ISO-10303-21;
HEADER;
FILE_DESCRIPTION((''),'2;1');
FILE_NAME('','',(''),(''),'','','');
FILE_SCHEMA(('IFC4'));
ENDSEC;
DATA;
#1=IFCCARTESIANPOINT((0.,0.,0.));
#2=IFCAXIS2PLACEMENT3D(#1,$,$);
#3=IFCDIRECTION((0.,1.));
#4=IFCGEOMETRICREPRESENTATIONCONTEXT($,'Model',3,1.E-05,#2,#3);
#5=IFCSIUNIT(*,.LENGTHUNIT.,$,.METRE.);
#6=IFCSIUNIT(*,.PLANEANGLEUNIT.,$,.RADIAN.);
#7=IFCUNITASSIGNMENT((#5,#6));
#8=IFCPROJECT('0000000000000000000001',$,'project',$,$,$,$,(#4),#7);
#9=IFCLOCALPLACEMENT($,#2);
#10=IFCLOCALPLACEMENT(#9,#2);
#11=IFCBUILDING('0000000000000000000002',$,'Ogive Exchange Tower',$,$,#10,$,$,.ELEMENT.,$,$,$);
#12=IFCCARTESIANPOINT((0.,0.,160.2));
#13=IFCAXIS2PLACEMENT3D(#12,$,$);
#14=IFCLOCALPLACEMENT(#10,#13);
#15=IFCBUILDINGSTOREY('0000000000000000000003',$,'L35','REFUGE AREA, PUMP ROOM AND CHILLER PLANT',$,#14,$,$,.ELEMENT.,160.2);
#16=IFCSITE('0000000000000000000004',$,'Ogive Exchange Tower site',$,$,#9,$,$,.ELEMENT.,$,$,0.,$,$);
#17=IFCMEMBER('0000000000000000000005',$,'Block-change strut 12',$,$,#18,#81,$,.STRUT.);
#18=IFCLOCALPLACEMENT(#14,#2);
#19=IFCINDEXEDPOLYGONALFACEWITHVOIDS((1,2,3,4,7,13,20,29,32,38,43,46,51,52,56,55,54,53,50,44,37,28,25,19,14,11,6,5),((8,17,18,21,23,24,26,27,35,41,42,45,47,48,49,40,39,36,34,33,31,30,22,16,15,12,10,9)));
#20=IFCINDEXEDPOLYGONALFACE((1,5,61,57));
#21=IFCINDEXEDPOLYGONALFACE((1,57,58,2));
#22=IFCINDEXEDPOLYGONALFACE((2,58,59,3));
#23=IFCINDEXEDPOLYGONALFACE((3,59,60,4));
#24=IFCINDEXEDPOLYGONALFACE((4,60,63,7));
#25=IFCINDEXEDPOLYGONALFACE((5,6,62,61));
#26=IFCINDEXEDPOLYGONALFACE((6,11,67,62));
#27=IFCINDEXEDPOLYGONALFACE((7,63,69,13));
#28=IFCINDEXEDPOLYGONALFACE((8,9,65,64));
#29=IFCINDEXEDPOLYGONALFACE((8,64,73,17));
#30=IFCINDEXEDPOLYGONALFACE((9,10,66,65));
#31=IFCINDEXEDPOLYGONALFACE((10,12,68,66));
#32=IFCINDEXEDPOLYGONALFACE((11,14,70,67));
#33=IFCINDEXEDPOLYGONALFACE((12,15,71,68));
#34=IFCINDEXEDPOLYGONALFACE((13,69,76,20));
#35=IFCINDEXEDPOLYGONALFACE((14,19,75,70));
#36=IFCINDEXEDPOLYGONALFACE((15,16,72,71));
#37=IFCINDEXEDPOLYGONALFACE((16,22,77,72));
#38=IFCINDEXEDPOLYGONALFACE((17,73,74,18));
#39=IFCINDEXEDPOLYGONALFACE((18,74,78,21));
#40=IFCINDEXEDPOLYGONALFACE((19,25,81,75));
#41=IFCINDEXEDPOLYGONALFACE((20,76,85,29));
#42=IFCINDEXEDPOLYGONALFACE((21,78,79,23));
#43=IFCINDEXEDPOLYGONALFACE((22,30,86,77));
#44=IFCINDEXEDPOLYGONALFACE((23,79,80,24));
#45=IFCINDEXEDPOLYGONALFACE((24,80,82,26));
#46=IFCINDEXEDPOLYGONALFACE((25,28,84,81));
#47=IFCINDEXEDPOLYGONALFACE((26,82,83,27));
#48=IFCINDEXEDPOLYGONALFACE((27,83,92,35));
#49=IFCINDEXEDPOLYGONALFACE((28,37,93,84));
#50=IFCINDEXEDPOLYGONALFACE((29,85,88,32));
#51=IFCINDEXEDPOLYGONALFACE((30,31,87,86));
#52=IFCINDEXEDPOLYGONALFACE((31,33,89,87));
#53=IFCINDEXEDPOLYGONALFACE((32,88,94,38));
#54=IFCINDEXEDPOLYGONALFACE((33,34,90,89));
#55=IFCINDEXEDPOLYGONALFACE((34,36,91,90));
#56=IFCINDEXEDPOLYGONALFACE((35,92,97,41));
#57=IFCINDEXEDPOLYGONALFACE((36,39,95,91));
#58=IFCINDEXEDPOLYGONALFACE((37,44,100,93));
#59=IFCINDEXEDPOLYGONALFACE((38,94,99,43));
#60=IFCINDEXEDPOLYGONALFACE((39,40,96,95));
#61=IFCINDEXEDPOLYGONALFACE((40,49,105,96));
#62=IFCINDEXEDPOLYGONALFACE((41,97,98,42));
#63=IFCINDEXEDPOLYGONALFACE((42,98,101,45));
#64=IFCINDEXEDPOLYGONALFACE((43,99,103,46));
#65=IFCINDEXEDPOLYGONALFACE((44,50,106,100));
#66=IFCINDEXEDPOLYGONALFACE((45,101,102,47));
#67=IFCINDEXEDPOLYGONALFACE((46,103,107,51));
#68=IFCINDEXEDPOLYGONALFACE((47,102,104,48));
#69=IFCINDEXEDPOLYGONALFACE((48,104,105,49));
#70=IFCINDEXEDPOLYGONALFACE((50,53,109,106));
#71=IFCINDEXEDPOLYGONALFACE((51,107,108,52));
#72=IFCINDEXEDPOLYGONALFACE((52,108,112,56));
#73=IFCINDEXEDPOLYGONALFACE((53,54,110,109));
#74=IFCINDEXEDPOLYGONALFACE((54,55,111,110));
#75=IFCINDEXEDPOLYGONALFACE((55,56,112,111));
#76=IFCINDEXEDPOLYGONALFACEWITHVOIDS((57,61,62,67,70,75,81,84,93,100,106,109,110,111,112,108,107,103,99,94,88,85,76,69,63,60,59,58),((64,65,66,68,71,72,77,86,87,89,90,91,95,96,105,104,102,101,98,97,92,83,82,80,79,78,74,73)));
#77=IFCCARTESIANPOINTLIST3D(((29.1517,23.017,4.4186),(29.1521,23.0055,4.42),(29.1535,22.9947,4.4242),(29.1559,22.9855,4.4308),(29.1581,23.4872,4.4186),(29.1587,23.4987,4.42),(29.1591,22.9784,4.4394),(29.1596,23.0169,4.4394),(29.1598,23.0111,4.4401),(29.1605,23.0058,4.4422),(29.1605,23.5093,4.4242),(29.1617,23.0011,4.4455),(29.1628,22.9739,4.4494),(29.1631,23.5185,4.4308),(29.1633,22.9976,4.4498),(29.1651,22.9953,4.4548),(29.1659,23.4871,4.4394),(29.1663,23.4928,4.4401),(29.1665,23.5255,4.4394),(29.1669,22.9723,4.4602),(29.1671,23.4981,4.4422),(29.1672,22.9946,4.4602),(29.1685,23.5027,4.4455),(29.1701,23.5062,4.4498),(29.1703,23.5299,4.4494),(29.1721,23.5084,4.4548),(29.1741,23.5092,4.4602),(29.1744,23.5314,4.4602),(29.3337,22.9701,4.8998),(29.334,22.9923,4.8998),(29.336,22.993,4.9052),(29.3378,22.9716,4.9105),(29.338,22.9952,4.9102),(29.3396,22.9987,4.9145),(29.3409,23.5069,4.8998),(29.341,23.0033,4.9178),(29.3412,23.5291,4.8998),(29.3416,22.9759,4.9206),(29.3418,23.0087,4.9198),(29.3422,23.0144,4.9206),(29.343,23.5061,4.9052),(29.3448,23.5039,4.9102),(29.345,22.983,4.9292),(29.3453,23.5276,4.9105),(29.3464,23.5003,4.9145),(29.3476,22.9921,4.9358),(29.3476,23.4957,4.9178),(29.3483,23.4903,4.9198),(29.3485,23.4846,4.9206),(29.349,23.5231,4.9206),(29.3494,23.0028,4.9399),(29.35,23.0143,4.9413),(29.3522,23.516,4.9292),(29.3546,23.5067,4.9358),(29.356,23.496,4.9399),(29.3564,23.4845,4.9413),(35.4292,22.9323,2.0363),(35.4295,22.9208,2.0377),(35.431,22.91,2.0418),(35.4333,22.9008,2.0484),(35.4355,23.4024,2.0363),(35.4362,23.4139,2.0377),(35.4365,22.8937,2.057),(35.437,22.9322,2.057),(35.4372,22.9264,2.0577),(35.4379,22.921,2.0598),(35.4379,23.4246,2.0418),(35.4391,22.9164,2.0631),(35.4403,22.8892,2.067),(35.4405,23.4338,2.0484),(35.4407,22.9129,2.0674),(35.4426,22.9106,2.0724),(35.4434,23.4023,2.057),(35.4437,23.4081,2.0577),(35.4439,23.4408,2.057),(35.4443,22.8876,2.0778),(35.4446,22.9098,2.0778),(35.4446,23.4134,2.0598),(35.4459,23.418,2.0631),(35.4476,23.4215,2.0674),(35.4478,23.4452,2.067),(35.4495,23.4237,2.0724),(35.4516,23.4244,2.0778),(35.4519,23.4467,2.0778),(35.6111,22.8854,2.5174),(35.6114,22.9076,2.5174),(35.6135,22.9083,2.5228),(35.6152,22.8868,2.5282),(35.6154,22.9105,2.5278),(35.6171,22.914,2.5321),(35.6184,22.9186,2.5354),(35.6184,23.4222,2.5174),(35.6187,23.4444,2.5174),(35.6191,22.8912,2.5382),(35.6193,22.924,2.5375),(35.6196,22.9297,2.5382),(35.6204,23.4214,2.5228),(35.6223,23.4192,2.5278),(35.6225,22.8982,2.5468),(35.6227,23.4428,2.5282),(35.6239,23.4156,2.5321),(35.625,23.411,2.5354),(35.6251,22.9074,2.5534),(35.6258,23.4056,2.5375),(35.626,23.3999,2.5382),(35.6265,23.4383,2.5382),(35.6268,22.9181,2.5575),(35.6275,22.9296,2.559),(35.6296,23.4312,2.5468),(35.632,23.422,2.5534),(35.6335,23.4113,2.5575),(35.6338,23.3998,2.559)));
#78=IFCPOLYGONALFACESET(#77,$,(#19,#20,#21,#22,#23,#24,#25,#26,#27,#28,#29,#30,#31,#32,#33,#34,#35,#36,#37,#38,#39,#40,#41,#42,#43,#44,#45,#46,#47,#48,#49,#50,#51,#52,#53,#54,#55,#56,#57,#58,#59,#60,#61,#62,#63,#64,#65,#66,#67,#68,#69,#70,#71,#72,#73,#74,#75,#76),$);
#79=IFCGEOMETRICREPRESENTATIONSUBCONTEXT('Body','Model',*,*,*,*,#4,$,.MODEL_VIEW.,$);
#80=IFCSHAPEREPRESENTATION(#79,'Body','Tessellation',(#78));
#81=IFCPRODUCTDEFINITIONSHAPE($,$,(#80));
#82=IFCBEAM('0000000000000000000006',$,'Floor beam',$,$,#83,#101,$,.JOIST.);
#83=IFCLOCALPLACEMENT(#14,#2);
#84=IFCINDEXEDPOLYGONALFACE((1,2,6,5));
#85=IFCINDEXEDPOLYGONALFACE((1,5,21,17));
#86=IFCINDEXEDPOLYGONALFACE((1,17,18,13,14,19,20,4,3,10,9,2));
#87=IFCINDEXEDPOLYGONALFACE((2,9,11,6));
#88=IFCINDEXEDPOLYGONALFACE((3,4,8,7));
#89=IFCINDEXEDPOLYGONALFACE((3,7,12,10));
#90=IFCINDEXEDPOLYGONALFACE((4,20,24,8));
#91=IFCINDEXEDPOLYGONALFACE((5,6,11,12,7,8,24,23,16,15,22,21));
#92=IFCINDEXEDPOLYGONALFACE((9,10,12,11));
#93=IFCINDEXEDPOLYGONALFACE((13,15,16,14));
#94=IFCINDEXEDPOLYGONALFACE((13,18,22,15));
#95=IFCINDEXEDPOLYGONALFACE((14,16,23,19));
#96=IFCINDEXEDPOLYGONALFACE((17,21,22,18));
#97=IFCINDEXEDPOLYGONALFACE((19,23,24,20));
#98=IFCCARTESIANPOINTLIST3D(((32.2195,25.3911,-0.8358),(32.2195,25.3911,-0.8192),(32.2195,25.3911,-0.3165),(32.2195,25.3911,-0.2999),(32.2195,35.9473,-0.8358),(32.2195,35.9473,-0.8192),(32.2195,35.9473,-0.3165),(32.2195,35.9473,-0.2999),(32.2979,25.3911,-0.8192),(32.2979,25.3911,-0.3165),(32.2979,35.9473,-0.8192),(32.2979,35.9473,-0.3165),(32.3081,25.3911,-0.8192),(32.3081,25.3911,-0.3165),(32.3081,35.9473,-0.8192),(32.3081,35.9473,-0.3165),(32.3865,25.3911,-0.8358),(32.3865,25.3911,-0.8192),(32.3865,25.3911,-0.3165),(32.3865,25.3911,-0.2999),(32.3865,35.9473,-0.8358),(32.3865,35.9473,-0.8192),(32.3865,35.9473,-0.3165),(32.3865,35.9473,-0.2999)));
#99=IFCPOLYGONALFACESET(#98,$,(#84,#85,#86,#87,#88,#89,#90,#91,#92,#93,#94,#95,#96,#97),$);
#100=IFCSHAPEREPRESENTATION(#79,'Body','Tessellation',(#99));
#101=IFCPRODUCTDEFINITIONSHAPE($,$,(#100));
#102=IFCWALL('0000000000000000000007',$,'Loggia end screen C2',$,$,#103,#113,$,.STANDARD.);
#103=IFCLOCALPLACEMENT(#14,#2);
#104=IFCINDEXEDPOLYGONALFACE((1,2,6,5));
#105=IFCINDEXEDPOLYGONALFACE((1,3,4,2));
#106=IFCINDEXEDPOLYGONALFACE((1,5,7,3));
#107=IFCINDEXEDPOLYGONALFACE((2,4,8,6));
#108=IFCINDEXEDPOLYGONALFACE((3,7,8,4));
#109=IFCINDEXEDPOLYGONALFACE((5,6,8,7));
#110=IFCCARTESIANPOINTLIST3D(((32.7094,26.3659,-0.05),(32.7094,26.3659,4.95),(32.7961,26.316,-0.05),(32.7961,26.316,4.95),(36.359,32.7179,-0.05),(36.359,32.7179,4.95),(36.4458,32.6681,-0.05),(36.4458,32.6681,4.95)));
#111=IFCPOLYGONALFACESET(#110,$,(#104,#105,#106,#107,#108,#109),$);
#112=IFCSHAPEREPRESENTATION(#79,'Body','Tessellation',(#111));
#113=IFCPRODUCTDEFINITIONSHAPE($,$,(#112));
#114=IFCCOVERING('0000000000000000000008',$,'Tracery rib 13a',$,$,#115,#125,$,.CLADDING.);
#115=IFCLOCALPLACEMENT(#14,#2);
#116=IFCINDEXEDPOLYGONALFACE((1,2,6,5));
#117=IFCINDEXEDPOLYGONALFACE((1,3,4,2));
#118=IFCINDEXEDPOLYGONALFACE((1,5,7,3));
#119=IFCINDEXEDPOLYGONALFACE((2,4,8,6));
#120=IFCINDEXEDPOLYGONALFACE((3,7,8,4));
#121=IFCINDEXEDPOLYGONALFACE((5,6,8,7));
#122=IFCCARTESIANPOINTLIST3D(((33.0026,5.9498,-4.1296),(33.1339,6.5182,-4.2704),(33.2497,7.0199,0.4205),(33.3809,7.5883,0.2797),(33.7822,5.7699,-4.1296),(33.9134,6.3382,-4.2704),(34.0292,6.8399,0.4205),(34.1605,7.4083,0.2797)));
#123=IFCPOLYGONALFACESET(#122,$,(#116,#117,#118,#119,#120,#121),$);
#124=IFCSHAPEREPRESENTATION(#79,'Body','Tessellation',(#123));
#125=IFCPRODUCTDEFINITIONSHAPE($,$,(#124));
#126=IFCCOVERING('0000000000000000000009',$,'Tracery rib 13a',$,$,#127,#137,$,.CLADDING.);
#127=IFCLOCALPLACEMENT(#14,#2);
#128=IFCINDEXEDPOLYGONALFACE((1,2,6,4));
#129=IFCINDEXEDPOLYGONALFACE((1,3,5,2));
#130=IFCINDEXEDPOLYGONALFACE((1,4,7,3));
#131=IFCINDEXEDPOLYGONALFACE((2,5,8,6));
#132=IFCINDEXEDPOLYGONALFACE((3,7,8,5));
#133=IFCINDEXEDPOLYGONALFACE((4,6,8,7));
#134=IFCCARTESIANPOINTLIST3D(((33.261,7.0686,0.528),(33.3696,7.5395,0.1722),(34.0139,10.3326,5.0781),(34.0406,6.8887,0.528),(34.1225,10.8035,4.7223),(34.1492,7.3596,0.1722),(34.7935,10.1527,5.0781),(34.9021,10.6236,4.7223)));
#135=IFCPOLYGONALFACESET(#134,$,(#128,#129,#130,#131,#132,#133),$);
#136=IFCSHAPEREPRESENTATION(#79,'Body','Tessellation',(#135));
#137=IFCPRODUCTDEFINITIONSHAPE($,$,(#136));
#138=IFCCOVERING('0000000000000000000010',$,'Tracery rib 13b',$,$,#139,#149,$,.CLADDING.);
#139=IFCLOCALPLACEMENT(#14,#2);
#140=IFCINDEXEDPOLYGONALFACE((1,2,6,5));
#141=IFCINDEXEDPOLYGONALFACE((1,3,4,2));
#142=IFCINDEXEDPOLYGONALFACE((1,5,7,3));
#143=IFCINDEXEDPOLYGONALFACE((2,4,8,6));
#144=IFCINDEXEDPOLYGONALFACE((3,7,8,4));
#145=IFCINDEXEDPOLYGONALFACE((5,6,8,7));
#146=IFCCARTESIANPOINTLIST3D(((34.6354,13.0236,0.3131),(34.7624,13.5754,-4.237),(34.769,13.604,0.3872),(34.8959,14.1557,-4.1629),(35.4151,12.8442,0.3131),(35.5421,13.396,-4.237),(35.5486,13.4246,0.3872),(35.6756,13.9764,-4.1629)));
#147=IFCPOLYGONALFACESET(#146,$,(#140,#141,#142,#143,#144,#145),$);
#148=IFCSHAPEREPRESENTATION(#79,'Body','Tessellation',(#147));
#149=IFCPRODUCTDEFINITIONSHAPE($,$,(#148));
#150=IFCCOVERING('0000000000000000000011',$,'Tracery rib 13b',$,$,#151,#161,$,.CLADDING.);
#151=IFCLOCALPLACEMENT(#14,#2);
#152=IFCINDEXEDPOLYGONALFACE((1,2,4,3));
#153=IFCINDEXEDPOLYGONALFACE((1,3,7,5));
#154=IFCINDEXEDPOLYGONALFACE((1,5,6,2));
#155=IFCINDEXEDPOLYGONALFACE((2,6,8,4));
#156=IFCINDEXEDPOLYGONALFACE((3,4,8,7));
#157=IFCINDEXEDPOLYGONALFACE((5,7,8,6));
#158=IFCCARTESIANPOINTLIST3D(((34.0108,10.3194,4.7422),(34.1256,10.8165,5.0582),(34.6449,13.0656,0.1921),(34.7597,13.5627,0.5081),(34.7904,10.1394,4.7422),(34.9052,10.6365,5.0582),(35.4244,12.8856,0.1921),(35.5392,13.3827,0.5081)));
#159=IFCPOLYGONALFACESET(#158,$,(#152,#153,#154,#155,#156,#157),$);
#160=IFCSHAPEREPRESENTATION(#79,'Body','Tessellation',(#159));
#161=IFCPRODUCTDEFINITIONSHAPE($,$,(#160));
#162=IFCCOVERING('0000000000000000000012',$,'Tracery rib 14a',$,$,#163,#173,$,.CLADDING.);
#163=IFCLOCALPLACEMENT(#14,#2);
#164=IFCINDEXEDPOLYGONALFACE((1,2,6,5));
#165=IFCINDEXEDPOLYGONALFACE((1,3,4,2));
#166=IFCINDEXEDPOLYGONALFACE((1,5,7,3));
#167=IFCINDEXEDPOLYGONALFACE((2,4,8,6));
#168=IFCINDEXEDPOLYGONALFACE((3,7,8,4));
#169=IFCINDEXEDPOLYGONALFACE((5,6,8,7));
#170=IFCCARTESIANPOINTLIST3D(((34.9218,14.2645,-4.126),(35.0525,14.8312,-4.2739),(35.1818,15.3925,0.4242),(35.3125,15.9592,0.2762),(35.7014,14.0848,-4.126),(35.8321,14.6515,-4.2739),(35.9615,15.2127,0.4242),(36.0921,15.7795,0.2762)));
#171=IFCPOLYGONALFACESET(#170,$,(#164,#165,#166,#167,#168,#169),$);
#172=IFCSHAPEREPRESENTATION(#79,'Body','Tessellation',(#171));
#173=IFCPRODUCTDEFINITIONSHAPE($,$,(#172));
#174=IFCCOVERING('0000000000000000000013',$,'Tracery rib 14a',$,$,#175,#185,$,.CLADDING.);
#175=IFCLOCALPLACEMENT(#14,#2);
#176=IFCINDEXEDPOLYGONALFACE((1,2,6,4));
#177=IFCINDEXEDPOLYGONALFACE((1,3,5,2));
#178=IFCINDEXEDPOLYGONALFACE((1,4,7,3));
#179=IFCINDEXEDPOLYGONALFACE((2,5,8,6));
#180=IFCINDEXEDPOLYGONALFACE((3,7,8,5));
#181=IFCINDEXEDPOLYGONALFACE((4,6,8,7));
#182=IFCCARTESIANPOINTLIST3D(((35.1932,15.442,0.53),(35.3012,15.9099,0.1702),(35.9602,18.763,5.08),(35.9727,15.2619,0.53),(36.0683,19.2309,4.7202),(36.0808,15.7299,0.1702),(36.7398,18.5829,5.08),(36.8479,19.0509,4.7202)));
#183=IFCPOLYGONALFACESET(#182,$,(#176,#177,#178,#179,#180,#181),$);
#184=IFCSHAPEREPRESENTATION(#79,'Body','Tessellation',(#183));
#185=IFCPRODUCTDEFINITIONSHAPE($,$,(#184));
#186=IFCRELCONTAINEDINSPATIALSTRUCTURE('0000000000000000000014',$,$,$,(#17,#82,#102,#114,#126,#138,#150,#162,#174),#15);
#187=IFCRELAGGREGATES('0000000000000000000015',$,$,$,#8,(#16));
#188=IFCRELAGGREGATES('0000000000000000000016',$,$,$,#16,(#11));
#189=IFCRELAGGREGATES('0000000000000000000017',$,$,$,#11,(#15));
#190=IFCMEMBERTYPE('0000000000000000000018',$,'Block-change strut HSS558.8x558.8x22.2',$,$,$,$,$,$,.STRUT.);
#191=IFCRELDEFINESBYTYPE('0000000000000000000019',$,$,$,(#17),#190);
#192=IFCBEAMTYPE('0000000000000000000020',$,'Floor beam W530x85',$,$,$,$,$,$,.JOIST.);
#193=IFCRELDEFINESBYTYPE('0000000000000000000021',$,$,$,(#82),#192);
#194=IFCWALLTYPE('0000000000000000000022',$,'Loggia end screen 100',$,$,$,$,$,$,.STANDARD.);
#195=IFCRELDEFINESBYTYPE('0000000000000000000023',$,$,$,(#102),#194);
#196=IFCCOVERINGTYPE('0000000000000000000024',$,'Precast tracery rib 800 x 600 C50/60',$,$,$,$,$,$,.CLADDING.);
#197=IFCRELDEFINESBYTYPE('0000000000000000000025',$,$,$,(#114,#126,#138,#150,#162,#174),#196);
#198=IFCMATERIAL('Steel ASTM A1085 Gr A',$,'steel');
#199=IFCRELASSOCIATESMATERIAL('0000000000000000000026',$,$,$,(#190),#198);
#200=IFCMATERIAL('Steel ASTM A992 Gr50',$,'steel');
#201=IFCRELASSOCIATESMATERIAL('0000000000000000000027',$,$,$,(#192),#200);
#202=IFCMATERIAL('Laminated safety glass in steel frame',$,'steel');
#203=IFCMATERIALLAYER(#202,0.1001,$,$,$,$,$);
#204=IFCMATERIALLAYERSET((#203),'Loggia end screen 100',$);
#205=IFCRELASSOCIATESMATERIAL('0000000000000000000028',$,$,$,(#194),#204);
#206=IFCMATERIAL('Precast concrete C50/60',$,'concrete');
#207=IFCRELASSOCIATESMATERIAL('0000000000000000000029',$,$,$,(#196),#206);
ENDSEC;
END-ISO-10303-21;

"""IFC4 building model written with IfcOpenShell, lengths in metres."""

from ifc_helpers import new_model, si_unit, direction, frame, frame_2d, origin, origin_2d, place, context, subcontext, project, spatial, rectangle, hollow_rectangle, i_section, extrude, material, layer, layer_set, material_profile, profile_set, type_object, element, save


model = new_model("IFC4")

# Units and contexts
model_context = context("Model", 3, precision=1e-05, world=origin(), true_north=direction((0.0, 1.0)))
body_context = subcontext(model_context, "Body", "Model", "MODEL_VIEW")
ifc_project = project(units=[si_unit("LENGTHUNIT", "METRE"), si_unit("PLANEANGLEUNIT", "RADIAN")], contexts=[model_context])

# Site, building, storey
site_placement = place(None, origin())
site = spatial("IfcSite", under=ifc_project, at=site_placement, Name="Ogive Exchange Tower site", CompositionType="ELEMENT", RefElevation=0.0)
building_placement = place(site_placement, origin())
building = spatial("IfcBuilding", under=site, at=building_placement, Name="Ogive Exchange Tower", CompositionType="ELEMENT")
storey_placement = place(building_placement, frame((0.0, 0.0, 160.2)))
storey = spatial("IfcBuildingStorey", under=building, at=storey_placement, Name="L35", Description="REFUGE AREA, PUMP ROOM AND CHILLER PLANT", CompositionType="ELEMENT", Elevation=160.2)

# Shared definitions
ifc_material_1 = material(Name="Steel ASTM A992 Gr50", Category="steel")

# Shared definitions
ifc_material_2 = material(Name="Steel ASTM A1085 Gr A", Category="steel")

# Member
ifc_material_profile_1 = material_profile(ifc_material_2, hollow_rectangle(XDim=0.5591, YDim=0.5591, WallThickness=0.0222, InnerFilletRadius=0.0222, OuterFilletRadius=0.0444, at=origin_2d()), Name="HSS558.8x558.8x22.2")
ifc_profile_set_1 = profile_set([ifc_material_profile_1], Name="Steel ASTM A1085 Gr A")
member_type_1 = type_object("IfcMemberType", Name="Block-change strut HSS558.8x558.8x22.2", PredefinedType="STRUT", material=ifc_profile_set_1)
member_1_placement = place(storey_placement, frame((35.5315, 23.166, 2.2976), z_axis=(-0.934861, 0.012617, 0.35479), x_axis=(-0.013494, -0.999909, 0.0)))
element("IfcMember", 1, at=member_1_placement, inside=storey, type_object=member_type_1, Name="Block-change strut 12", PredefinedType="STRUT", context=body_context, shape_type="SweptSolid", body=[
    extrude(hollow_rectangle(XDim=0.5591, YDim=0.5591, WallThickness=0.0222, InnerFilletRadius=0.0222, OuterFilletRadius=0.0444, at=origin_2d()), origin(), (0.0, 0.0, 1.0), 6.7148),
])

# Beam
ifc_material_profile_2 = material_profile(ifc_material_1, i_section(OverallWidth=0.167, OverallDepth=0.5359, WebThickness=0.0103, FlangeThickness=0.0166, at=origin_2d()), Name="W530x85")
ifc_profile_set_2 = profile_set([ifc_material_profile_2], Name="Steel ASTM A992 Gr50")
beam_type_1 = type_object("IfcBeamType", Name="Floor beam W530x85", PredefinedType="JOIST", material=ifc_profile_set_2)
beam_1_placement = place(storey_placement, frame((32.303, 25.3911, -0.5679), z_axis=(0.0, 1.0, 0.0), x_axis=(-1.0, 0.0, 0.0)))
element("IfcBeam", 2, at=beam_1_placement, inside=storey, type_object=beam_type_1, Name="Floor beam", PredefinedType="JOIST", context=body_context, shape_type="SweptSolid", body=[
    extrude(i_section(OverallWidth=0.167, OverallDepth=0.5359, WebThickness=0.0103, FlangeThickness=0.0166, at=origin_2d()), origin(), (0.0, 0.0, 1.0), 10.5562),
])

# Wall
ifc_material_3 = material(Name="Laminated safety glass in steel frame", Category="steel")
ifc_layer = layer(ifc_material_3, 0.1001)
ifc_layer_set = layer_set([ifc_layer], Name="Loggia end screen 100")
wall_type = type_object("IfcWallType", Name="Loggia end screen 100", PredefinedType="STANDARD", material=ifc_layer_set)
wall_placement = place(storey_placement, frame((32.7527, 26.3408, -0.05), z_axis=(0.0, 0.0, 1.0), x_axis=(0.498187, 0.86707, 0.0)))
element("IfcWall", 3, at=wall_placement, inside=storey, type_object=wall_type, Name="Loggia end screen C2", PredefinedType="STANDARD", context=body_context, shape_type="SweptSolid", body=[
    extrude(rectangle(XDim=7.3259, YDim=0.1001, at=frame_2d((3.6631, 0.0))), origin(), (0.0, 0.0, 1.0), 5.0),
])

# Coverings
ifc_material_4 = material(Name="Precast concrete C50/60", Category="concrete")
ifc_material_profile_3 = material_profile(ifc_material_4, rectangle(XDim=0.8, YDim=0.6001, at=origin_2d()), Name="RIB 800 x 600")
ifc_profile_set_3 = profile_set([ifc_material_profile_3], Name="Precast concrete C50/60")
covering_type = type_object("IfcCoveringType", Name="Precast tracery rib 800 x 600 C50/60", PredefinedType="CLADDING", material=ifc_profile_set_3)
covering_1_placement = place(storey_placement, frame((33.458, 6.144, -4.2), z_axis=(0.052785, 0.228612, 0.972085), x_axis=(-0.974365, 0.224973, 0.0)))
element("IfcCovering", 4, at=covering_1_placement, inside=storey, type_object=covering_type, Name="Tracery rib 13a", PredefinedType="CLADDING", context=body_context, shape_type="SweptSolid", body=[
    extrude(rectangle(XDim=0.8, YDim=0.6001, at=origin_2d()), origin(), (0.0, 0.0, 1.0), 4.6807),
])
covering_2_placement = place(storey_placement, frame((33.7051, 7.2141, 0.3501), z_axis=(0.133261, 0.57768, 0.805312), x_axis=(-0.97441, 0.22478, 0.0)))
element("IfcCovering", 5, at=covering_2_placement, inside=storey, type_object=covering_type, Name="Tracery rib 13a", PredefinedType="CLADDING", context=body_context, shape_type="SweptSolid", body=[
    extrude(rectangle(XDim=0.8, YDim=0.6001, at=origin_2d()), origin(), (0.0, 0.0, 1.0), 5.6501),
])
covering_3_placement = place(storey_placement, frame((35.219, 13.7759, -4.2), z_axis=(-0.027688, -0.120336, 0.992347), x_axis=(0.974536, -0.22423, 0.0)))
element("IfcCovering", 6, at=covering_3_placement, inside=storey, type_object=covering_type, Name="Tracery rib 13b", PredefinedType="CLADDING", context=body_context, shape_type="SweptSolid", body=[
    extrude(rectangle(XDim=0.8, YDim=0.6001, at=origin_2d()), origin(), (0.0, 0.0, 1.0), 4.5852),
])
covering_4_placement = place(storey_placement, frame((35.092, 13.2241, 0.3501), z_axis=(-0.118462, -0.513078, 0.850128), x_axis=(0.974366, -0.224967, 0.0)))
element("IfcCovering", 7, at=covering_4_placement, inside=storey, type_object=covering_type, Name="Tracery rib 13b", PredefinedType="CLADDING", context=body_context, shape_type="SweptSolid", body=[
    extrude(rectangle(XDim=0.8, YDim=0.6001, at=origin_2d()), origin(), (0.0, 0.0, 1.0), 5.3523),
])
covering_5_placement = place(storey_placement, frame((35.377, 14.458, -4.2), z_axis=(0.05538, 0.240242, 0.969132), x_axis=(-0.974444, 0.224628, 0.0)))
element("IfcCovering", 8, at=covering_5_placement, inside=storey, type_object=covering_type, Name="Tracery rib 14a", PredefinedType="CLADDING", context=body_context, shape_type="SweptSolid", body=[
    extrude(rectangle(XDim=0.8, YDim=0.6001, at=origin_2d()), origin(), (0.0, 0.0, 1.0), 4.6951),
])
covering_6_placement = place(storey_placement, frame((35.637, 15.5859, 0.3501), z_axis=(0.134929, 0.584163, 0.800342), x_axis=(-0.974347, 0.225053, 0.0)))
element("IfcCovering", 9, at=covering_6_placement, inside=storey, type_object=covering_type, Name="Tracery rib 14a", PredefinedType="CLADDING", context=body_context, shape_type="SweptSolid", body=[
    extrude(rectangle(XDim=0.8, YDim=0.6001, at=origin_2d()), origin(), (0.0, 0.0, 1.0), 5.6851),
])

save(model, "model.ifc")
